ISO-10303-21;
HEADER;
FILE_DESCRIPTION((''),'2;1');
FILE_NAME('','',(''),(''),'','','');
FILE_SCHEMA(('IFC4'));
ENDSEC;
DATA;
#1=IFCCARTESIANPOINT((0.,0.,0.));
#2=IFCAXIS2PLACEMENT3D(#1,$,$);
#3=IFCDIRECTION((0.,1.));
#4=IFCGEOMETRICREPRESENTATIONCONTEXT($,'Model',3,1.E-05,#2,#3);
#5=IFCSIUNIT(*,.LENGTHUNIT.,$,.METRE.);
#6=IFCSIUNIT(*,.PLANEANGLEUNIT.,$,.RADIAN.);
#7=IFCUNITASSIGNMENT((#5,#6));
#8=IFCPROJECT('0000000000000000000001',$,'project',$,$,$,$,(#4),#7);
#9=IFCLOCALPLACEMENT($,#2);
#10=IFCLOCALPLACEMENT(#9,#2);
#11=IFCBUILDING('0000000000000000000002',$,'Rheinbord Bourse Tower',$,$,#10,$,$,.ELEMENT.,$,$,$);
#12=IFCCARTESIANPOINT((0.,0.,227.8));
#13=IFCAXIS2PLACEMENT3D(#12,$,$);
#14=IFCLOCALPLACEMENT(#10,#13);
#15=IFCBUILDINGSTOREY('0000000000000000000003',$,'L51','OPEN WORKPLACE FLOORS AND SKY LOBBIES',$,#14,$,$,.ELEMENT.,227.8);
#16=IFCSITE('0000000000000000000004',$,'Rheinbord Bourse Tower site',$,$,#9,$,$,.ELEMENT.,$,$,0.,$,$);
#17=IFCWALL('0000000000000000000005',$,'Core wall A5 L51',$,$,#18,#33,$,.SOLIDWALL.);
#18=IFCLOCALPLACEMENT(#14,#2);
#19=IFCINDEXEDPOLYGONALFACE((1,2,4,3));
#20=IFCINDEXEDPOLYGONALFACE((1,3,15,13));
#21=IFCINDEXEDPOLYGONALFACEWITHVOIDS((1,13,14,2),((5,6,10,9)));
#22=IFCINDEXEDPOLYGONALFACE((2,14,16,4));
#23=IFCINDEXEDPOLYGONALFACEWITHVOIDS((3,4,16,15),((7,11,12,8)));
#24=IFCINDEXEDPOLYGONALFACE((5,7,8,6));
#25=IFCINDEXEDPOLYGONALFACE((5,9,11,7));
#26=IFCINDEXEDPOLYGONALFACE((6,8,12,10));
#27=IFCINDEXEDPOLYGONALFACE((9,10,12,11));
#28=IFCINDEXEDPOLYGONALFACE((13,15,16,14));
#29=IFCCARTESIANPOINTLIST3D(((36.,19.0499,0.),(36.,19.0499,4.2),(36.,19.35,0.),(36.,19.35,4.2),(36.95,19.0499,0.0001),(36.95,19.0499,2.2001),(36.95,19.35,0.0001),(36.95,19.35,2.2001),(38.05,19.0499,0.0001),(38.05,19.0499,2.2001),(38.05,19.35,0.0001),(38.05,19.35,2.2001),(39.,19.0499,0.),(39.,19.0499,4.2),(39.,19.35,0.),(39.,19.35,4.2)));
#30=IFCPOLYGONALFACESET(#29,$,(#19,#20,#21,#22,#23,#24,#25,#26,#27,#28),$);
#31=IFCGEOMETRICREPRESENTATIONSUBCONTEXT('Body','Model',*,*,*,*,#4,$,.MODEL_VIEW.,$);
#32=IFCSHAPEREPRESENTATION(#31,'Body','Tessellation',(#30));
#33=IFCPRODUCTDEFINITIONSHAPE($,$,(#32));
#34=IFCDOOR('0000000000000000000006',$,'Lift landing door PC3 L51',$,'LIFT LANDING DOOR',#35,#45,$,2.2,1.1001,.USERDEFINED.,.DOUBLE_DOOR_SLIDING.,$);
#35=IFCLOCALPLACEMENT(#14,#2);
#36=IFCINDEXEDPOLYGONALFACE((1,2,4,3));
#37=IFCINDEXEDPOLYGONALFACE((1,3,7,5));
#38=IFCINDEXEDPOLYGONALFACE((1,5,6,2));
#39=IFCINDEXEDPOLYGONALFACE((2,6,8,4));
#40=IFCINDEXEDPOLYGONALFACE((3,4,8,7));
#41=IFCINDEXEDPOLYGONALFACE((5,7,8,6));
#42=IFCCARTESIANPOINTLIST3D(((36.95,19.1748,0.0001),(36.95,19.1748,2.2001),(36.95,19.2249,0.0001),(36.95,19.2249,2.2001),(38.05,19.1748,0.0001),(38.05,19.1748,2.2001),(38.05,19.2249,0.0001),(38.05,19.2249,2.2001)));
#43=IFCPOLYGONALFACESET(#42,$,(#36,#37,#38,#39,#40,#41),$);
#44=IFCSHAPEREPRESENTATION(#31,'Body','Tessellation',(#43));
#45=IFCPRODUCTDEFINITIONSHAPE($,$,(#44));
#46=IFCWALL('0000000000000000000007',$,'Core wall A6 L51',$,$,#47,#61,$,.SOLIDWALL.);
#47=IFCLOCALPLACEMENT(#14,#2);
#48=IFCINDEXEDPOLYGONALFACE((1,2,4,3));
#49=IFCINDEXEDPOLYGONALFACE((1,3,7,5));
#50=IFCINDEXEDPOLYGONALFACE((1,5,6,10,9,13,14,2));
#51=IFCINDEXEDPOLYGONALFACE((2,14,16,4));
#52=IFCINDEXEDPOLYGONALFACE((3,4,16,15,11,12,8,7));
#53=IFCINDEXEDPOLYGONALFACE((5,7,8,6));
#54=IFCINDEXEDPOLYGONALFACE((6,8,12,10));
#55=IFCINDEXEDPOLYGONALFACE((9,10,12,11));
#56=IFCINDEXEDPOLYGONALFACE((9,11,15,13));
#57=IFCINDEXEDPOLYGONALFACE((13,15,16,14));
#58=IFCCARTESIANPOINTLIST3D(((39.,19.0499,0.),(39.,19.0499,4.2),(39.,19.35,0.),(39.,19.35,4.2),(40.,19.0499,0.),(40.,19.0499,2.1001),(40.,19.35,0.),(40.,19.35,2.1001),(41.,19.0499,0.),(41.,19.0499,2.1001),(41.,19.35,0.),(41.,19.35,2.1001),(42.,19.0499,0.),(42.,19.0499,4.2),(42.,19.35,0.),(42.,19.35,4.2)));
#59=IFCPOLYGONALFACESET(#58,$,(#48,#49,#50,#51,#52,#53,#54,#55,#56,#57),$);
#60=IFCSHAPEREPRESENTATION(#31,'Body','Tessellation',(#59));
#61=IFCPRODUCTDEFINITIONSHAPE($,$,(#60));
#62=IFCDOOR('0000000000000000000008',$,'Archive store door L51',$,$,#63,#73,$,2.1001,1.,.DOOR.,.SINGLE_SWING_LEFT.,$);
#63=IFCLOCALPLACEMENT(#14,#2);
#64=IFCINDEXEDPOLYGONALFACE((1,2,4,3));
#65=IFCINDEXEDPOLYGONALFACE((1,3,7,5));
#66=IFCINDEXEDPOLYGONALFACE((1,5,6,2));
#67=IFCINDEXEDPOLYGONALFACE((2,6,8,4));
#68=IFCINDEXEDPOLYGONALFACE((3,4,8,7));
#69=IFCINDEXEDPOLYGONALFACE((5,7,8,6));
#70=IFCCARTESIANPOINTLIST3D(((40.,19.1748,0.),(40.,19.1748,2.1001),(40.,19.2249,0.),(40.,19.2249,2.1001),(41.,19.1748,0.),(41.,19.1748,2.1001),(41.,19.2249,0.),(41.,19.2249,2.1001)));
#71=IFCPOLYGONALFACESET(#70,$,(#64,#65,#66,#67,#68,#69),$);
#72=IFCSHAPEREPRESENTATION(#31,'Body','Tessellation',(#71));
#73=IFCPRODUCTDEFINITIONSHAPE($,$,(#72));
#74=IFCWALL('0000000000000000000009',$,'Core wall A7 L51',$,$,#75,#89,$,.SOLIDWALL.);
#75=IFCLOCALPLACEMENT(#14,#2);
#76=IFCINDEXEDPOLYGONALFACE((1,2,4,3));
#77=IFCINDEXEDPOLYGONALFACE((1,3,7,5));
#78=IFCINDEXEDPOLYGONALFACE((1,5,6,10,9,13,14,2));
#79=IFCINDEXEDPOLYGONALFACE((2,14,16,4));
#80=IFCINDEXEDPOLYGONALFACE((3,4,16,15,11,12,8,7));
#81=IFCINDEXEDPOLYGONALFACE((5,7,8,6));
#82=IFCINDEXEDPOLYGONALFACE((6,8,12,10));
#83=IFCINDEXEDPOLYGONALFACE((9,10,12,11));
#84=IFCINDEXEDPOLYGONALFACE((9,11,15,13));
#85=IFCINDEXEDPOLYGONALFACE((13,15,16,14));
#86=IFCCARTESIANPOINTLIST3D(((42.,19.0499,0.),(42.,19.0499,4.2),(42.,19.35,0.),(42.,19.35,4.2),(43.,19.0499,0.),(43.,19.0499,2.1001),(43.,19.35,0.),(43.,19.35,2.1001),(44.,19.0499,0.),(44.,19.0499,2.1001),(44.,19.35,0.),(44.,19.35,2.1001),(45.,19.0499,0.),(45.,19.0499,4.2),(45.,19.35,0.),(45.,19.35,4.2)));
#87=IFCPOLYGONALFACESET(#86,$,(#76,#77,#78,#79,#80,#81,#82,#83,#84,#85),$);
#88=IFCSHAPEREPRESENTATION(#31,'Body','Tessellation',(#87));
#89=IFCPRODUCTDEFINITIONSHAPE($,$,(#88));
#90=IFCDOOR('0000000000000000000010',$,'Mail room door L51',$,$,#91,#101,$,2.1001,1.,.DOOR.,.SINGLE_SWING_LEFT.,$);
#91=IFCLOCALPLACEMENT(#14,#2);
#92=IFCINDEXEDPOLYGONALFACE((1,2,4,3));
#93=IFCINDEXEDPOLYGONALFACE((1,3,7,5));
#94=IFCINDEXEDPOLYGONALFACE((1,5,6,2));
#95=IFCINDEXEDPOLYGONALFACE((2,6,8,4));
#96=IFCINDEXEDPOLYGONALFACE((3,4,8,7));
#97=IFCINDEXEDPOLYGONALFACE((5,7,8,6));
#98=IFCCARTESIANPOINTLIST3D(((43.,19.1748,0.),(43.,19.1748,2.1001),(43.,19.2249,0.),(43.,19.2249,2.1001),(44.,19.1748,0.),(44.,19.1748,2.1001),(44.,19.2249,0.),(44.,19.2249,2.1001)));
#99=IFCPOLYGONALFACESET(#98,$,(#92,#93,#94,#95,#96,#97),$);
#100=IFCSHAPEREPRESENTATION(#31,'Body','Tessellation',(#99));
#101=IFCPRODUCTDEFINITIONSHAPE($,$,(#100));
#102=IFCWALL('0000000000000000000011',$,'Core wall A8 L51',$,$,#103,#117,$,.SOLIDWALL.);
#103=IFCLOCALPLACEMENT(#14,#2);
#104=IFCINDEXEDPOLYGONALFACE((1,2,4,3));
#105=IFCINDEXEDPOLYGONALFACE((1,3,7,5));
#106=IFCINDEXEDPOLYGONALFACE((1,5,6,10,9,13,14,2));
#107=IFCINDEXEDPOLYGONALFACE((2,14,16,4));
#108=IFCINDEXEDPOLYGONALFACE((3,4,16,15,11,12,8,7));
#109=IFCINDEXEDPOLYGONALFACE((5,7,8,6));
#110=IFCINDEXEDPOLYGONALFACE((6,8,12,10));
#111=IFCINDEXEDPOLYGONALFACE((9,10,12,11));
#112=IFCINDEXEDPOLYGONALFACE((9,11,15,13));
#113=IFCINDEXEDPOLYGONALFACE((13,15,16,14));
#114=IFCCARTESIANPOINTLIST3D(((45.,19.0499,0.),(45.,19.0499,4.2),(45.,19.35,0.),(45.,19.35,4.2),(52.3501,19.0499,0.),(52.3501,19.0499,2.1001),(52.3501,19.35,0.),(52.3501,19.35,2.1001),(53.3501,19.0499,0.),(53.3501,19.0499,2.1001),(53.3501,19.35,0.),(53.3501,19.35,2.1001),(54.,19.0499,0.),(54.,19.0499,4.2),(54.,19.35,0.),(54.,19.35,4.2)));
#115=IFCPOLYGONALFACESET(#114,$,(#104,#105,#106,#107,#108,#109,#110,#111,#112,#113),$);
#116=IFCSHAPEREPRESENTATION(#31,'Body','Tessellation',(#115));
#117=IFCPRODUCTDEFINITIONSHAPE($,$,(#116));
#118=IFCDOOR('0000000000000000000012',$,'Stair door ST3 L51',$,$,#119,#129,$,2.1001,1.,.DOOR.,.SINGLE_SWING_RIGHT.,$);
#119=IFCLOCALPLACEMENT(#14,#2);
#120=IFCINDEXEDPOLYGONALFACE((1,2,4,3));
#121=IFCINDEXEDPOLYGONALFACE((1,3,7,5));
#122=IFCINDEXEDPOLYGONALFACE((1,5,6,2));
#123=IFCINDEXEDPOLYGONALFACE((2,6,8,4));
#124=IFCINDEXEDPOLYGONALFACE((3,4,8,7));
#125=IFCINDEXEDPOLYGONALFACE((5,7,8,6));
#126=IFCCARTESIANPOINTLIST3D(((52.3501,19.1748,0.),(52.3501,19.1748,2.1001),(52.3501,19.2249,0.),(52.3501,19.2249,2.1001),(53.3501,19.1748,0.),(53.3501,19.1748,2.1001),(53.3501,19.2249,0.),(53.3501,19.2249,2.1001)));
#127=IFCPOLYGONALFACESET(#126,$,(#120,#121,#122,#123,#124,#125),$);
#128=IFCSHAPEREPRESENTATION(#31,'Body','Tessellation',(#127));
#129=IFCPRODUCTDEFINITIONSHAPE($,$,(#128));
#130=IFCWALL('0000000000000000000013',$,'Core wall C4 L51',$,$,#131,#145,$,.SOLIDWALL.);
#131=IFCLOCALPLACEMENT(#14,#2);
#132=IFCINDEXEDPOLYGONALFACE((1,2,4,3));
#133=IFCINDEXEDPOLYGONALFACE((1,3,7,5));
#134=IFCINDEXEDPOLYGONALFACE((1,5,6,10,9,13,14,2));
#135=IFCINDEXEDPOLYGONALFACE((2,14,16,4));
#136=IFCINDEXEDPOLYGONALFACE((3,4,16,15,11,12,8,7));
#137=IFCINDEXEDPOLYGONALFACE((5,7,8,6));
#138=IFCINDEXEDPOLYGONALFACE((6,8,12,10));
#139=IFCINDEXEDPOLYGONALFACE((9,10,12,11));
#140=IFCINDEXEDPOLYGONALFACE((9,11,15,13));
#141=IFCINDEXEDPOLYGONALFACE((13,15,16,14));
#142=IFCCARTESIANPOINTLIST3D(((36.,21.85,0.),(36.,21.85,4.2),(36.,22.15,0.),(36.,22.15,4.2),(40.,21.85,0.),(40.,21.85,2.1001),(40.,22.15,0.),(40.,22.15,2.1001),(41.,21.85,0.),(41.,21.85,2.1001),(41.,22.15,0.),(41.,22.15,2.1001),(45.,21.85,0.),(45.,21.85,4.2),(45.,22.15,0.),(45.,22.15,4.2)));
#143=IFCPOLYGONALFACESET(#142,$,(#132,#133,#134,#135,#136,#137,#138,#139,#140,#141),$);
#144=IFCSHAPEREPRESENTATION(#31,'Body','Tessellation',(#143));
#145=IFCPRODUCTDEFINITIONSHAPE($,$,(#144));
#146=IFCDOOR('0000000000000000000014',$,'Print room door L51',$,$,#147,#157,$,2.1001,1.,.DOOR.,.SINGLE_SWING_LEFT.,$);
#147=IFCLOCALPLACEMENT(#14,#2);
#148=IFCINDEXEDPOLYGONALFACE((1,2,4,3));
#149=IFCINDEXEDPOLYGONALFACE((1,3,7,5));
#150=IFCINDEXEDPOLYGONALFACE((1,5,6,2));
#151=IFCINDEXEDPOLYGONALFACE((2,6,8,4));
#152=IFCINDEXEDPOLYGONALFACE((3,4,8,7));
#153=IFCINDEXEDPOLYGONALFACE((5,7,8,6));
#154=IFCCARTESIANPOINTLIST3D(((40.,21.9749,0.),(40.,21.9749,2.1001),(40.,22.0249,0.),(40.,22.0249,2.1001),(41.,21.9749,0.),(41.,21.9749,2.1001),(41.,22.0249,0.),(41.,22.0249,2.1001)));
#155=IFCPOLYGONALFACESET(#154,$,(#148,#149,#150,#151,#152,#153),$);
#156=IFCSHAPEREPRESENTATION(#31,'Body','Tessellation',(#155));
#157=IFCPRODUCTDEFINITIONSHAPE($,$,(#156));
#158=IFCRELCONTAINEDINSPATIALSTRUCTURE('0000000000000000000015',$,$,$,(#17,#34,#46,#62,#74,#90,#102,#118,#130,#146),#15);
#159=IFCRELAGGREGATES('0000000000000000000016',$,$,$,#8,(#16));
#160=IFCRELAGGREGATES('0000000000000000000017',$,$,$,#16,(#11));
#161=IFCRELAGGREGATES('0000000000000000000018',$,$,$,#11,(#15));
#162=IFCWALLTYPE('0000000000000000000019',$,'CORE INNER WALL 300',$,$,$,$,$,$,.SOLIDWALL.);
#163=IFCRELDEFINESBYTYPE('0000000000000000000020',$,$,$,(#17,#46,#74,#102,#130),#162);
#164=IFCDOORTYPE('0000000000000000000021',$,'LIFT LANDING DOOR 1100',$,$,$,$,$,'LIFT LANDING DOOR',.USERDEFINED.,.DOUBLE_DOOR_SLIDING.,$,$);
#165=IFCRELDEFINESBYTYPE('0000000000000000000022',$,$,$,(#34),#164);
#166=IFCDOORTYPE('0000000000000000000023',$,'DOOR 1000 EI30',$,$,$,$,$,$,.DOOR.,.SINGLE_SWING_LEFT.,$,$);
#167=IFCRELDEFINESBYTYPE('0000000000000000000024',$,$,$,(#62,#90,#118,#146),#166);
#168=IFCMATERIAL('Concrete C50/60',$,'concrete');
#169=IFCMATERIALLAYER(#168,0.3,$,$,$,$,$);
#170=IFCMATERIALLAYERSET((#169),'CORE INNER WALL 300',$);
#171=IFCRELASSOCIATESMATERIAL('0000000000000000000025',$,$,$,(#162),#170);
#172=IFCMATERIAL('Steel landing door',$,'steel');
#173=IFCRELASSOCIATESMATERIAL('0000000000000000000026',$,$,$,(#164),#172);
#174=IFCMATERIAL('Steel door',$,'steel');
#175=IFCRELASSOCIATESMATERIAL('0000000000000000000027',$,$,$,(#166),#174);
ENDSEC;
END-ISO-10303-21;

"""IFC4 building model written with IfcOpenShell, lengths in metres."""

from ifc_helpers import new_model, si_unit, direction, frame, frame_2d, origin, place, context, subcontext, project, spatial, rectangle, extrude, material, layer, layer_set, type_object, element, fill, save


model = new_model("IFC4")

# Units and contexts
model_context = context("Model", 3, precision=1e-05, world=origin(), true_north=direction((0.0, 1.0)))
body_context = subcontext(model_context, "Body", "Model", "MODEL_VIEW")
ifc_project = project(units=[si_unit("LENGTHUNIT", "METRE"), si_unit("PLANEANGLEUNIT", "RADIAN")], contexts=[model_context])

# Site, building, storey
site_placement = place(None, origin())
site = spatial("IfcSite", under=ifc_project, at=site_placement, Name="Rheinbord Bourse Tower site", CompositionType="ELEMENT", RefElevation=0.0)
building_placement = place(site_placement, origin())
building = spatial("IfcBuilding", under=site, at=building_placement, Name="Rheinbord Bourse Tower", CompositionType="ELEMENT")
storey_placement = place(building_placement, frame((0.0, 0.0, 227.8)))
storey = spatial("IfcBuildingStorey", under=building, at=storey_placement, Name="L51", Description="OPEN WORKPLACE FLOORS AND SKY LOBBIES", CompositionType="ELEMENT", Elevation=227.8)

# Walls, openings, doors
ifc_material_1 = material(Name="Concrete C50/60", Category="concrete")
ifc_layer_1 = layer(ifc_material_1, 0.3)
ifc_layer_set_1 = layer_set([ifc_layer_1], Name="CORE INNER WALL 300")
wall_type_1 = type_object("IfcWallType", Name="CORE INNER WALL 300", PredefinedType="SOLIDWALL", material=ifc_layer_set_1)
wall_1_placement = place(storey_placement, frame((36.0, 19.2, 0.0), z_axis=(0.0, 0.0, 1.0), x_axis=(1.0, 0.0, 0.0)))
wall_1 = element("IfcWall", 1, at=wall_1_placement, inside=storey, type_object=wall_type_1, Name="Core wall A5 L51", PredefinedType="SOLIDWALL", context=body_context, shape_type="SweptSolid", body=[
    extrude(rectangle(XDim=3.0, YDim=0.3, at=frame_2d((1.5, 0.0))), origin(), (0.0, 0.0, 1.0), 4.2),
])
opening_1_placement = place(wall_1_placement, frame((0.95, 0.0, 0.0)))
opening_1 = element("IfcOpeningElement", 2, at=opening_1_placement, cuts=wall_1, PredefinedType="OPENING", context=body_context, shape_type="SweptSolid", body=[
    extrude(rectangle(XDim=1.1001, YDim=2.2, at=frame_2d((0.55, 1.1001))), frame((0.0, 0.1599, 0.0), z_axis=(0.0, -1.0, 0.0), x_axis=(1.0, 0.0, 0.0)), (0.0, 0.0, 1.0), 0.3201),
])
ifc_material_2 = material(Name="Steel landing door", Category="steel")
door_type_1 = type_object("IfcDoorType", Name="LIFT LANDING DOOR 1100", ElementType="LIFT LANDING DOOR", OperationType="DOUBLE_DOOR_SLIDING", PredefinedType="USERDEFINED", material=ifc_material_2)
door_1_placement = place(opening_1_placement, origin())
door_1 = element("IfcDoor", 3, at=door_1_placement, inside=storey, type_object=door_type_1, Name="Lift landing door PC3 L51", ObjectType="LIFT LANDING DOOR", OperationType="DOUBLE_DOOR_SLIDING", OverallHeight=2.2, OverallWidth=1.1001, PredefinedType="USERDEFINED", context=body_context, shape_type="SweptSolid", body=[
    extrude(rectangle(XDim=1.1001, YDim=2.2, at=frame_2d((0.55, 1.1001))), frame((0.0, 0.0249, 0.0), z_axis=(0.0, -1.0, 0.0), x_axis=(1.0, 0.0, 0.0)), (0.0, 0.0, 1.0), 0.05),
])
fill(opening_1, door_1)
wall_2_placement = place(storey_placement, frame((39.0, 19.2, 0.0), z_axis=(0.0, 0.0, 1.0), x_axis=(1.0, 0.0, 0.0)))
wall_2 = element("IfcWall", 4, at=wall_2_placement, inside=storey, type_object=wall_type_1, Name="Core wall A6 L51", PredefinedType="SOLIDWALL", context=body_context, shape_type="SweptSolid", body=[
    extrude(rectangle(XDim=3.0, YDim=0.3, at=frame_2d((1.5, 0.0))), origin(), (0.0, 0.0, 1.0), 4.2),
])
opening_2_placement = place(wall_2_placement, frame((1.0, 0.0, 0.0)))
opening_2 = element("IfcOpeningElement", 5, at=opening_2_placement, cuts=wall_2, PredefinedType="OPENING", context=body_context, shape_type="SweptSolid", body=[
    extrude(rectangle(XDim=1.0, YDim=2.1001, at=frame_2d((0.5, 1.05))), frame((0.0, 0.1599, 0.0), z_axis=(0.0, -1.0, 0.0), x_axis=(1.0, 0.0, 0.0)), (0.0, 0.0, 1.0), 0.3201),
])
ifc_material_3 = material(Name="Steel door", Category="steel")
door_type_2 = type_object("IfcDoorType", Name="DOOR 1000 EI30", OperationType="SINGLE_SWING_LEFT", PredefinedType="DOOR", material=ifc_material_3)
door_2_placement = place(opening_2_placement, origin())
door_2 = element("IfcDoor", 6, at=door_2_placement, inside=storey, type_object=door_type_2, Name="Archive store door L51", OperationType="SINGLE_SWING_LEFT", OverallHeight=2.1001, OverallWidth=1.0, PredefinedType="DOOR", context=body_context, shape_type="SweptSolid", body=[
    extrude(rectangle(XDim=1.0, YDim=2.1001, at=frame_2d((0.5, 1.05))), frame((0.0, 0.0249, 0.0), z_axis=(0.0, -1.0, 0.0), x_axis=(1.0, 0.0, 0.0)), (0.0, 0.0, 1.0), 0.05),
])
fill(opening_2, door_2)
wall_3_placement = place(storey_placement, frame((42.0, 19.2, 0.0), z_axis=(0.0, 0.0, 1.0), x_axis=(1.0, 0.0, 0.0)))
wall_3 = element("IfcWall", 7, at=wall_3_placement, inside=storey, type_object=wall_type_1, Name="Core wall A7 L51", PredefinedType="SOLIDWALL", context=body_context, shape_type="SweptSolid", body=[
    extrude(rectangle(XDim=3.0, YDim=0.3, at=frame_2d((1.5, 0.0))), origin(), (0.0, 0.0, 1.0), 4.2),
])
opening_3_placement = place(wall_3_placement, frame((1.0, 0.0, 0.0)))
opening_3 = element("IfcOpeningElement", 8, at=opening_3_placement, cuts=wall_3, PredefinedType="OPENING", context=body_context, shape_type="SweptSolid", body=[
    extrude(rectangle(XDim=1.0, YDim=2.1001, at=frame_2d((0.5, 1.05))), frame((0.0, 0.1599, 0.0), z_axis=(0.0, -1.0, 0.0), x_axis=(1.0, 0.0, 0.0)), (0.0, 0.0, 1.0), 0.3201),
])
door_3_placement = place(opening_3_placement, origin())
door_3 = element("IfcDoor", 9, at=door_3_placement, inside=storey, type_object=door_type_2, Name="Mail room door L51", OperationType="SINGLE_SWING_LEFT", OverallHeight=2.1001, OverallWidth=1.0, PredefinedType="DOOR", context=body_context, shape_type="SweptSolid", body=[
    extrude(rectangle(XDim=1.0, YDim=2.1001, at=frame_2d((0.5, 1.05))), frame((0.0, 0.0249, 0.0), z_axis=(0.0, -1.0, 0.0), x_axis=(1.0, 0.0, 0.0)), (0.0, 0.0, 1.0), 0.05),
])
fill(opening_3, door_3)
wall_4_placement = place(storey_placement, frame((45.0, 19.2, 0.0), z_axis=(0.0, 0.0, 1.0), x_axis=(1.0, 0.0, 0.0)))
wall_4 = element("IfcWall", 10, at=wall_4_placement, inside=storey, type_object=wall_type_1, Name="Core wall A8 L51", PredefinedType="SOLIDWALL", context=body_context, shape_type="SweptSolid", body=[
    extrude(rectangle(XDim=9.0, YDim=0.3, at=frame_2d((4.5, 0.0))), origin(), (0.0, 0.0, 1.0), 4.2),
])
opening_4_placement = place(wall_4_placement, frame((7.3501, 0.0, 0.0)))
opening_4 = element("IfcOpeningElement", 11, at=opening_4_placement, cuts=wall_4, PredefinedType="OPENING", context=body_context, shape_type="SweptSolid", body=[
    extrude(rectangle(XDim=1.0, YDim=2.1001, at=frame_2d((0.5, 1.05))), frame((0.0, 0.1599, 0.0), z_axis=(0.0, -1.0, 0.0), x_axis=(1.0, 0.0, 0.0)), (0.0, 0.0, 1.0), 0.3201),
])
door_4_placement = place(opening_4_placement, origin())
door_4 = element("IfcDoor", 12, at=door_4_placement, inside=storey, type_object=door_type_2, Name="Stair door ST3 L51", OperationType="SINGLE_SWING_RIGHT", OverallHeight=2.1001, OverallWidth=1.0, PredefinedType="DOOR", context=body_context, shape_type="SweptSolid", body=[
    extrude(rectangle(XDim=1.0, YDim=2.1001, at=frame_2d((0.5, 1.05))), frame((0.0, 0.0249, 0.0), z_axis=(0.0, -1.0, 0.0), x_axis=(1.0, 0.0, 0.0)), (0.0, 0.0, 1.0), 0.05),
])
fill(opening_4, door_4)
wall_5_placement = place(storey_placement, frame((36.0, 22.0, 0.0), z_axis=(0.0, 0.0, 1.0), x_axis=(1.0, 0.0, 0.0)))
wall_5 = element("IfcWall", 13, at=wall_5_placement, inside=storey, type_object=wall_type_1, Name="Core wall C4 L51", PredefinedType="SOLIDWALL", context=body_context, shape_type="SweptSolid", body=[
    extrude(rectangle(XDim=9.0, YDim=0.3, at=frame_2d((4.5, 0.0))), origin(), (0.0, 0.0, 1.0), 4.2),
])
opening_5_placement = place(wall_5_placement, frame((4.0, 0.0, 0.0)))
opening_5 = element("IfcOpeningElement", 14, at=opening_5_placement, cuts=wall_5, PredefinedType="OPENING", context=body_context, shape_type="SweptSolid", body=[
    extrude(rectangle(XDim=1.0, YDim=2.1001, at=frame_2d((0.5, 1.05))), frame((0.0, 0.1599, 0.0), z_axis=(0.0, -1.0, 0.0), x_axis=(1.0, 0.0, 0.0)), (0.0, 0.0, 1.0), 0.3201),
])
door_5_placement = place(opening_5_placement, origin())
door_5 = element("IfcDoor", 15, at=door_5_placement, inside=storey, type_object=door_type_2, Name="Print room door L51", OperationType="SINGLE_SWING_LEFT", OverallHeight=2.1001, OverallWidth=1.0, PredefinedType="DOOR", context=body_context, shape_type="SweptSolid", body=[
    extrude(rectangle(XDim=1.0, YDim=2.1001, at=frame_2d((0.5, 1.05))), frame((0.0, 0.0249, 0.0), z_axis=(0.0, -1.0, 0.0), x_axis=(1.0, 0.0, 0.0)), (0.0, 0.0, 1.0), 0.05),
])
fill(opening_5, door_5)

save(model, "model.ifc")
